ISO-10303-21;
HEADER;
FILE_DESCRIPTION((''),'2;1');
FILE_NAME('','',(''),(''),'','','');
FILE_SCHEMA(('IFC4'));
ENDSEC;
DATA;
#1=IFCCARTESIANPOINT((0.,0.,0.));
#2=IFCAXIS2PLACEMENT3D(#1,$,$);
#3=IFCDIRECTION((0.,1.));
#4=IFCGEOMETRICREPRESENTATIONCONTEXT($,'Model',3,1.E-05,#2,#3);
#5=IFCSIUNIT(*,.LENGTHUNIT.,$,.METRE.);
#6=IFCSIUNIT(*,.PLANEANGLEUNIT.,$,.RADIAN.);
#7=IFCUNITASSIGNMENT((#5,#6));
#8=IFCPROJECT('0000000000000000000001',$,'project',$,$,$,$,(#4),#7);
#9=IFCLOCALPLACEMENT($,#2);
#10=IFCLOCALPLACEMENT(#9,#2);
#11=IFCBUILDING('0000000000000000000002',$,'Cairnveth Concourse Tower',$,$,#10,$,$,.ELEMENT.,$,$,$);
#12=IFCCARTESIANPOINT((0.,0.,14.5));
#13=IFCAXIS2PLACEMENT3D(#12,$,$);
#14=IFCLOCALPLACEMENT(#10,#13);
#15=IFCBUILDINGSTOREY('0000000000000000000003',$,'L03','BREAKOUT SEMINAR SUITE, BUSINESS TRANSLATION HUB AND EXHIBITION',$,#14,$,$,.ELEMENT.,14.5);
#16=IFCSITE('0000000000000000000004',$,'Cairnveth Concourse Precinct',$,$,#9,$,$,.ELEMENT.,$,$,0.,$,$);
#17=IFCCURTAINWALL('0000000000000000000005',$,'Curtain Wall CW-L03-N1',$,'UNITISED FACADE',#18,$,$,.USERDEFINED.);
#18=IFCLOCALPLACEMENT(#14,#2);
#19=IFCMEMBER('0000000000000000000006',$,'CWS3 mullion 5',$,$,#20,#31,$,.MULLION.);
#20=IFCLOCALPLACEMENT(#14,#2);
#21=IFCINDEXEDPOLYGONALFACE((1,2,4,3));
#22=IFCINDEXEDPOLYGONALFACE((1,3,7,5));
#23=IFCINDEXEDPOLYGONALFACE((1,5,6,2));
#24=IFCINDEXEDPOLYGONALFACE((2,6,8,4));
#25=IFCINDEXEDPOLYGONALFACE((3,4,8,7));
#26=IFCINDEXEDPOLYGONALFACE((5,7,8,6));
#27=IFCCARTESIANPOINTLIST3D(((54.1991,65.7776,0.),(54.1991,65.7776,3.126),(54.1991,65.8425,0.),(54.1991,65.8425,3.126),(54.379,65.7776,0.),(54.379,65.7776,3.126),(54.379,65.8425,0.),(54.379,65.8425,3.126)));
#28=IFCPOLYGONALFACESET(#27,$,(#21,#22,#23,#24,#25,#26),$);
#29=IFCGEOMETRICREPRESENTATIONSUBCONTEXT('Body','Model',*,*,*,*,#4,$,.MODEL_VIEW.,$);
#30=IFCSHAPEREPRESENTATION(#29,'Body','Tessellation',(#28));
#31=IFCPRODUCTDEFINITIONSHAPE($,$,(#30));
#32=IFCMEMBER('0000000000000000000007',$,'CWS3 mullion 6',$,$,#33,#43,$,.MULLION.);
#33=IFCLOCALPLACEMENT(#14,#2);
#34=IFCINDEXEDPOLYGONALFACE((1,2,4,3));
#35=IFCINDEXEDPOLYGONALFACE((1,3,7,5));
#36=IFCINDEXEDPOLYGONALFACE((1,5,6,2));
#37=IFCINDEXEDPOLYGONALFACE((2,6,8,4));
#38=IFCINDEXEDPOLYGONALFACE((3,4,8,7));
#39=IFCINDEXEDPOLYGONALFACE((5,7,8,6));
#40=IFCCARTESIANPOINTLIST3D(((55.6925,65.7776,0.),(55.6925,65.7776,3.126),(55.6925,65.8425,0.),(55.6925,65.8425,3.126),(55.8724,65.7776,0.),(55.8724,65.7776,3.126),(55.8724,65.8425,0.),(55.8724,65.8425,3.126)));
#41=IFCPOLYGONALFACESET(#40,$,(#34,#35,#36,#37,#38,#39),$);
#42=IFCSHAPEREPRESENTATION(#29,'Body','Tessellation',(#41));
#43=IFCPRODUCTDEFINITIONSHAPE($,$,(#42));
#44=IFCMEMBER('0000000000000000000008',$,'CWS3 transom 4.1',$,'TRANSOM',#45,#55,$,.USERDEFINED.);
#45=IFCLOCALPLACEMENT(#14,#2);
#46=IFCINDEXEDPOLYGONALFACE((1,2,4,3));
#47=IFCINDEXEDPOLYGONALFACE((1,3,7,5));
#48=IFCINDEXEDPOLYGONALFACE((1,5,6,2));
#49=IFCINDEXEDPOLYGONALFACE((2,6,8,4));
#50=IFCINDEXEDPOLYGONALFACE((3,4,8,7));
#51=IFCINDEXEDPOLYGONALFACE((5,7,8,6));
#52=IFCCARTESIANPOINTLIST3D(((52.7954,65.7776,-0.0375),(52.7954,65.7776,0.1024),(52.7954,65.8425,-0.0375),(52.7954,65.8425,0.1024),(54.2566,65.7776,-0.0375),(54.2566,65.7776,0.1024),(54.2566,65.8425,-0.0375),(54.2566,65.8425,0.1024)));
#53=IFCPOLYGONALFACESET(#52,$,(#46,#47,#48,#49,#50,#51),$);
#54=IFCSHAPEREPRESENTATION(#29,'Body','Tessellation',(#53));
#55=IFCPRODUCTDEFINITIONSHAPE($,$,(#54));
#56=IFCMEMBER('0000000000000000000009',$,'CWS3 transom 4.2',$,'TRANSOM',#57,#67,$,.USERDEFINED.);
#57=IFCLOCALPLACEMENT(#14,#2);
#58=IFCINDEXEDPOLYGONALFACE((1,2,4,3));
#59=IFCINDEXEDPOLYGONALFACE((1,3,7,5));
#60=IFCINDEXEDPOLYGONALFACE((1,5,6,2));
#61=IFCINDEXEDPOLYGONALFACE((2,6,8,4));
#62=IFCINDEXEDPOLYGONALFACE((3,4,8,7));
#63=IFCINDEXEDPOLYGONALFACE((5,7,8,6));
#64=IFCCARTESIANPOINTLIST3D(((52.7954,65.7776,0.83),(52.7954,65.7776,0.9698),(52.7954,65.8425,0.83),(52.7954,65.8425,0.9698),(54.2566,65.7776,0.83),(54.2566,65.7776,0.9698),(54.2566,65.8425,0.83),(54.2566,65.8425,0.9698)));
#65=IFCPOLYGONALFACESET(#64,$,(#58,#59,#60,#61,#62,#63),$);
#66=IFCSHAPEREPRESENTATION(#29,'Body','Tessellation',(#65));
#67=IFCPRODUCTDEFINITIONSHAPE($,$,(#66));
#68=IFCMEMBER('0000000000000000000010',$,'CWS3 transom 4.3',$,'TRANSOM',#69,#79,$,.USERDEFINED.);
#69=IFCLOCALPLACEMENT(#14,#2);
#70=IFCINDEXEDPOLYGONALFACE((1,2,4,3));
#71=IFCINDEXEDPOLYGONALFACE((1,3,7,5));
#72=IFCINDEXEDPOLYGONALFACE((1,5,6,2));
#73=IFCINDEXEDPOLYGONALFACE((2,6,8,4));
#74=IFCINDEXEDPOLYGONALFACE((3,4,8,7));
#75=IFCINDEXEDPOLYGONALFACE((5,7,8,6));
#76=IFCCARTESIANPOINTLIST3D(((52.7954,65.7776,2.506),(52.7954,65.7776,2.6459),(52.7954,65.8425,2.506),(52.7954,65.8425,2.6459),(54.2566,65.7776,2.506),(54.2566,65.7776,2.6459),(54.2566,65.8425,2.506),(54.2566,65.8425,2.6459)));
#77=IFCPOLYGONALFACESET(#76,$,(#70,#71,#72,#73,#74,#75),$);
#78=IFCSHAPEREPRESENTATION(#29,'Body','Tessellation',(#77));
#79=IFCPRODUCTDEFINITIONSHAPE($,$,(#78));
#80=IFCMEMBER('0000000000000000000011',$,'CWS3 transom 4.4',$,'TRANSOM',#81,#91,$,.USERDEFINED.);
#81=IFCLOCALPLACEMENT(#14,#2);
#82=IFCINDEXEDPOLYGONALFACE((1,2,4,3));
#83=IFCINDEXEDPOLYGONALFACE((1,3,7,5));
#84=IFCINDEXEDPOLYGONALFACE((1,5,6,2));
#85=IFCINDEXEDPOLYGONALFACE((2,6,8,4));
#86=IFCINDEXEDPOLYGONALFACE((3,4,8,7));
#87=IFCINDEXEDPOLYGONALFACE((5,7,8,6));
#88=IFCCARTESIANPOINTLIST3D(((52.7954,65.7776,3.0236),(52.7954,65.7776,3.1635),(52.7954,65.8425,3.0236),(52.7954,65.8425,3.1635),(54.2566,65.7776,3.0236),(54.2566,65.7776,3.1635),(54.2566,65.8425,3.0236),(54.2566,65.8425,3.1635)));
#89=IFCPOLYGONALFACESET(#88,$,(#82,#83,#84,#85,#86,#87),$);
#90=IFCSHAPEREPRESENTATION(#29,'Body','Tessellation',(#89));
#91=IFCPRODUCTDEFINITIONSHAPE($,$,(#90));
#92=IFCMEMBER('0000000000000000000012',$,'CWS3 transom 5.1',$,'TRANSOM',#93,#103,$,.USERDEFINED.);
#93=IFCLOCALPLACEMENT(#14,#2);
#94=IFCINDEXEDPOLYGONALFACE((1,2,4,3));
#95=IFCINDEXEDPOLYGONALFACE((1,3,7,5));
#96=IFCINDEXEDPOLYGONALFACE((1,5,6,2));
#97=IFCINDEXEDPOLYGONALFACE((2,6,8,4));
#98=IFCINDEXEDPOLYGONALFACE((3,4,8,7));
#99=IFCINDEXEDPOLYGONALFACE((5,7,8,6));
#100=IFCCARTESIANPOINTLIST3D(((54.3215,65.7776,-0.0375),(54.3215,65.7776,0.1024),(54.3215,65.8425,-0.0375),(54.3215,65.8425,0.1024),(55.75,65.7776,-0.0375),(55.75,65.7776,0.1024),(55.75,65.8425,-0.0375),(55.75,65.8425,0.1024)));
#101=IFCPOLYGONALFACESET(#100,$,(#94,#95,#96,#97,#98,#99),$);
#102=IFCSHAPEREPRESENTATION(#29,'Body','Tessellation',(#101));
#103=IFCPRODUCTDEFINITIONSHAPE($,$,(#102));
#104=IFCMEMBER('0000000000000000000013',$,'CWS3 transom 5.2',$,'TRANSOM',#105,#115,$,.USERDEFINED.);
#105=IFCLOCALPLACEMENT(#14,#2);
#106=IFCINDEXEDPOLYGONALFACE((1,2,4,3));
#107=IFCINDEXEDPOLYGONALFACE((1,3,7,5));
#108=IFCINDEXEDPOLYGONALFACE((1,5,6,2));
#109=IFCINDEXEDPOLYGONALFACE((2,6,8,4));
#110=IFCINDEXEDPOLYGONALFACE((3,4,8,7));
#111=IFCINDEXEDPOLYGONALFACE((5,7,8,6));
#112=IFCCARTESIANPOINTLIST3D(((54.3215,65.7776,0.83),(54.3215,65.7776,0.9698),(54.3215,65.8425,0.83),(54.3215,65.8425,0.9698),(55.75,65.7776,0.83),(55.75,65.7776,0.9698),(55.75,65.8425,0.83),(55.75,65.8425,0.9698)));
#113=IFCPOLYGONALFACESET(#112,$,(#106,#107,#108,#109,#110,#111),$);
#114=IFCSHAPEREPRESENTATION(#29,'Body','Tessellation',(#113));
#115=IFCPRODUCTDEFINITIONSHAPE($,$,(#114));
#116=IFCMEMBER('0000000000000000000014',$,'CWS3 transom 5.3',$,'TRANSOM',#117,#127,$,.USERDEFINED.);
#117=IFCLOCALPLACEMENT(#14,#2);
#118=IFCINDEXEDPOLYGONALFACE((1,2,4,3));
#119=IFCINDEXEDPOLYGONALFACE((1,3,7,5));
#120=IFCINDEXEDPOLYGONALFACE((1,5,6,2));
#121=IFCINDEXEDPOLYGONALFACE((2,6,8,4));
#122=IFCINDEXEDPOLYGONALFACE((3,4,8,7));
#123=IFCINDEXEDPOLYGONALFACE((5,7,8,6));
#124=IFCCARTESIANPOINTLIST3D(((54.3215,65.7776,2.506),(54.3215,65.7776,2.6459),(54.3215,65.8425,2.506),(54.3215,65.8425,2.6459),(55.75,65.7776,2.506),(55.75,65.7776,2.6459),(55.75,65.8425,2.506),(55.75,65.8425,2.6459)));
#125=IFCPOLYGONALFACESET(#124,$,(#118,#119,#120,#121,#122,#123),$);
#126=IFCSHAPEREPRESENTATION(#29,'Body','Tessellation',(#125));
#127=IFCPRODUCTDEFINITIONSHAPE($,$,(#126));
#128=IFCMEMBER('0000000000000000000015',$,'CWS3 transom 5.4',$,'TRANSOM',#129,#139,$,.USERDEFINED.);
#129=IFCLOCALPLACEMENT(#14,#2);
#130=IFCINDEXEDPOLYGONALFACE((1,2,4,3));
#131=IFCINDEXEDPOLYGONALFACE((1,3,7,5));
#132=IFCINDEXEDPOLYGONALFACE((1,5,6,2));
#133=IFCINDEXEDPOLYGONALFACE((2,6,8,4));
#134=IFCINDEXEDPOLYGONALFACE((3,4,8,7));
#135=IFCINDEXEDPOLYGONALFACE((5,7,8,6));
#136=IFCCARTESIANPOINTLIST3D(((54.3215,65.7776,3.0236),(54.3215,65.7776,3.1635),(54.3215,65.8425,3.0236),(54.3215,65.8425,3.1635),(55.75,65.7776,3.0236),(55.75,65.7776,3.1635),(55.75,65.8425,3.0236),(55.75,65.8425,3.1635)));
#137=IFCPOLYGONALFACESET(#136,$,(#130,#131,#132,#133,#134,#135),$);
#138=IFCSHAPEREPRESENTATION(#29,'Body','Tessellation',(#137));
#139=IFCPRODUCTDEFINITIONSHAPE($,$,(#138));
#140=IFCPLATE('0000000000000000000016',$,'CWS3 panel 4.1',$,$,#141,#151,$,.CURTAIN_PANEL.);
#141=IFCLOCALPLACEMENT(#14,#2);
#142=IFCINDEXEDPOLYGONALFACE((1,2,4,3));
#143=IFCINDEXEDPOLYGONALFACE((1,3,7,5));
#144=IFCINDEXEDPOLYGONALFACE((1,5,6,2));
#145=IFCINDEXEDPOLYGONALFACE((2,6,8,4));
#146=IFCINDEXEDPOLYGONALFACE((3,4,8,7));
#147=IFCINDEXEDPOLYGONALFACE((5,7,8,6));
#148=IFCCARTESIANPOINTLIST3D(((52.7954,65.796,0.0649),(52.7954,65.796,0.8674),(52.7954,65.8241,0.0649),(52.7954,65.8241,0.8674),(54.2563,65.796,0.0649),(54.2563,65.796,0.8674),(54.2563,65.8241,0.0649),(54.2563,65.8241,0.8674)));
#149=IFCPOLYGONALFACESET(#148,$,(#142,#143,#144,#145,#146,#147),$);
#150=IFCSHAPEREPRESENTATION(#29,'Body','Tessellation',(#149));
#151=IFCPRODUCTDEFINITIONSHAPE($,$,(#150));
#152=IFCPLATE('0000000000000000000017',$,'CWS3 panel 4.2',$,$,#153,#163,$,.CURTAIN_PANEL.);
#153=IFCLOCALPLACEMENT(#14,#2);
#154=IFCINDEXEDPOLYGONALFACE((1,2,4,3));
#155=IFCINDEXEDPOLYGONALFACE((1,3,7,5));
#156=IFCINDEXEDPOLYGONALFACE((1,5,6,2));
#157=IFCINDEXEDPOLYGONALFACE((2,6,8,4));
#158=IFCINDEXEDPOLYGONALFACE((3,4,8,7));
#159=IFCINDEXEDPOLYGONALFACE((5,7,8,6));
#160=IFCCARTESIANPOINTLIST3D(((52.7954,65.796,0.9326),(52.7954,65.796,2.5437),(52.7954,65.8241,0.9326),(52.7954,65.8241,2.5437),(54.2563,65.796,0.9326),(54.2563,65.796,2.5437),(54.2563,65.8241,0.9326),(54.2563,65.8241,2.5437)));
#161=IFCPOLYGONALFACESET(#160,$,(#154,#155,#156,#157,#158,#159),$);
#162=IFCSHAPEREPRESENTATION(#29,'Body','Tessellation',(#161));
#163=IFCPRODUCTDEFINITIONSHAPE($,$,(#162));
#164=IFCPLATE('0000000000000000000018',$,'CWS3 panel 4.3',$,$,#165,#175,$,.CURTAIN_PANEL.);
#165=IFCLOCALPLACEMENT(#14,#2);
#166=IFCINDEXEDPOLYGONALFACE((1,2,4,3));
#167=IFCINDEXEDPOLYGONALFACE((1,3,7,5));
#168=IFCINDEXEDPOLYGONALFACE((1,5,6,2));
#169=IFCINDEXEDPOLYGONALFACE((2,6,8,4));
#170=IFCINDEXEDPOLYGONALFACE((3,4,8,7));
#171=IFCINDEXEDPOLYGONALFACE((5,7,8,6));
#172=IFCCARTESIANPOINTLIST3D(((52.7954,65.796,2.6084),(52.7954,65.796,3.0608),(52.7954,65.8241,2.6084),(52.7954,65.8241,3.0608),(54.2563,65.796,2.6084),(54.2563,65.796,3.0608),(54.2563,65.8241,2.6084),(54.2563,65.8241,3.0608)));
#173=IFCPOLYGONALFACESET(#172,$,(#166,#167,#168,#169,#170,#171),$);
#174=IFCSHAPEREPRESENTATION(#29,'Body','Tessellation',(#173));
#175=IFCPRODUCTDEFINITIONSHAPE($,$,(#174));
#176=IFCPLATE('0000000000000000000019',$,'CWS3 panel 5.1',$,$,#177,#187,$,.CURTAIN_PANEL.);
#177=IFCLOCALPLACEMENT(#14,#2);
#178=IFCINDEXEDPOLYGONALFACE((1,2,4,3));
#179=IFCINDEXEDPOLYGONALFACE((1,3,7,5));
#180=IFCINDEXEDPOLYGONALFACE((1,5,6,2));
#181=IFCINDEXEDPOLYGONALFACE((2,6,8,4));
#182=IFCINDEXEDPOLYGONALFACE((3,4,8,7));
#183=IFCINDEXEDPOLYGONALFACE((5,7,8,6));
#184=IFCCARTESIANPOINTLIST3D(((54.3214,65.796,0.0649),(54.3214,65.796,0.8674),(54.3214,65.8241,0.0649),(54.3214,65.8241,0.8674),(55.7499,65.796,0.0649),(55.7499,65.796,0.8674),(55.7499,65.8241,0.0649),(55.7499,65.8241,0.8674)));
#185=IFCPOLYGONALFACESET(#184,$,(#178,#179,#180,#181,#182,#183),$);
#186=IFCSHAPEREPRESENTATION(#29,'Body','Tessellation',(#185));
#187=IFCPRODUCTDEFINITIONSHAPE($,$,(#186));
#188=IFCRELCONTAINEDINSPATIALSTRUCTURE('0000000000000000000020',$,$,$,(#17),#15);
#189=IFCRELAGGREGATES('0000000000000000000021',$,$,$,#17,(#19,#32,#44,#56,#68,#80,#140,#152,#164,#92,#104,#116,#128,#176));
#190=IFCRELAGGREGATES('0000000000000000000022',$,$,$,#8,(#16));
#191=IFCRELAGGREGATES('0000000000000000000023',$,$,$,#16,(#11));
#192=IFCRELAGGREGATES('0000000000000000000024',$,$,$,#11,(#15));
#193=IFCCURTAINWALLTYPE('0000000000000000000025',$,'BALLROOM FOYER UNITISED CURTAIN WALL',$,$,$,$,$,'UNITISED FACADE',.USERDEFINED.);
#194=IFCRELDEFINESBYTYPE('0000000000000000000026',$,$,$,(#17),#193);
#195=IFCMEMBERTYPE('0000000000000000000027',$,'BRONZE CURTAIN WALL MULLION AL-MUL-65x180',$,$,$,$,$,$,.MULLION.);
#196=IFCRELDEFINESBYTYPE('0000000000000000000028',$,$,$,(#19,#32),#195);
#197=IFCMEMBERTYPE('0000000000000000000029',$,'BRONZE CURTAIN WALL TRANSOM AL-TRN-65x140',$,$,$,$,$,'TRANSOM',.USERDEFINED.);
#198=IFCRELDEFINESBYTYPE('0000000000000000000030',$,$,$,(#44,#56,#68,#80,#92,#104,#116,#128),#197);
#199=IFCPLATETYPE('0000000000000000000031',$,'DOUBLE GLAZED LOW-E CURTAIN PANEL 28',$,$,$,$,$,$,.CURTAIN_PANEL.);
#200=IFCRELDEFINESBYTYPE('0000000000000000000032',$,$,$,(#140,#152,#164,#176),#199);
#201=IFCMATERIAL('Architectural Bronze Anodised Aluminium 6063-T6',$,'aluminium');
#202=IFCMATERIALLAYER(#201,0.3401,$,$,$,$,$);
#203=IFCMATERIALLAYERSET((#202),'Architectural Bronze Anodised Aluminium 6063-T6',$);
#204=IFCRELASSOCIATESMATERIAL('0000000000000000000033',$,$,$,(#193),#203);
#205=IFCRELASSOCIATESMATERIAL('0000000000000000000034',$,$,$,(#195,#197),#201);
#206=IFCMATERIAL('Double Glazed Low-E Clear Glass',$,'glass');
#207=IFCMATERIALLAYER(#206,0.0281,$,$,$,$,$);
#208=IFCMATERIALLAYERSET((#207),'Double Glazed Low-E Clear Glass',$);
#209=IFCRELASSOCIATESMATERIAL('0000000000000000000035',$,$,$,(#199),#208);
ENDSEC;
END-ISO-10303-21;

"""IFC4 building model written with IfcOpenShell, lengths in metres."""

from ifc_helpers import new_model, si_unit, direction, frame, origin, origin_2d, place, context, subcontext, project, spatial, rectangle, extrude, material, layer, layer_set, material_profile, profile_set, type_object, element, aggregate, save


model = new_model("IFC4")

# Units and contexts
model_context = context("Model", 3, precision=1e-05, world=origin(), true_north=direction((0.0, 1.0)))
body_context = subcontext(model_context, "Body", "Model", "MODEL_VIEW")
ifc_project = project(units=[si_unit("LENGTHUNIT", "METRE"), si_unit("PLANEANGLEUNIT", "RADIAN")], contexts=[model_context])

# Site, building, storey
site_placement = place(None, origin())
site = spatial("IfcSite", under=ifc_project, at=site_placement, Name="Cairnveth Concourse Precinct", CompositionType="ELEMENT", RefElevation=0.0)
building_placement = place(site_placement, origin())
building = spatial("IfcBuilding", under=site, at=building_placement, Name="Cairnveth Concourse Tower", CompositionType="ELEMENT")
storey_placement = place(building_placement, frame((0.0, 0.0, 14.5)))
storey = spatial("IfcBuildingStorey", under=building, at=storey_placement, Name="L03", Description="BREAKOUT SEMINAR SUITE, BUSINESS TRANSLATION HUB AND EXHIBITION", CompositionType="ELEMENT", Elevation=14.5)

# Curtain wall, members, plates
ifc_material_1 = material(Name="Architectural Bronze Anodised Aluminium 6063-T6", Category="aluminium")
ifc_layer_1 = layer(ifc_material_1, 0.3401)
ifc_layer_set_1 = layer_set([ifc_layer_1], Name="Architectural Bronze Anodised Aluminium 6063-T6")
curtain_wall_type = type_object("IfcCurtainWallType", Name="BALLROOM FOYER UNITISED CURTAIN WALL", ElementType="UNITISED FACADE", PredefinedType="USERDEFINED", material=ifc_layer_set_1)
curtain_wall_placement = place(storey_placement, origin())
curtain_wall = element("IfcCurtainWall", 1, at=curtain_wall_placement, inside=storey, type_object=curtain_wall_type, Name="Curtain Wall CW-L03-N1", ObjectType="UNITISED FACADE", PredefinedType="USERDEFINED")
ifc_material_profile_1 = material_profile(ifc_material_1, rectangle(XDim=0.0649, YDim=0.1799, at=origin_2d()), Name="AL-MUL-65x180")
ifc_profile_set_1 = profile_set([ifc_material_profile_1], Name="Architectural Bronze Anodised Aluminium 6063-T6")
member_type_1 = type_object("IfcMemberType", Name="BRONZE CURTAIN WALL MULLION AL-MUL-65x180", PredefinedType="MULLION", material=ifc_profile_set_1)
member_1_placement = place(storey_placement, frame((54.2891, 65.8101, 0.0), z_axis=(0.0, 0.0, 1.0), x_axis=(0.0, 1.0, 0.0)))
member_1 = element("IfcMember", 2, at=member_1_placement, type_object=member_type_1, Name="CWS3 mullion 5", PredefinedType="MULLION", context=body_context, shape_type="SweptSolid", body=[
    extrude(rectangle(XDim=0.0649, YDim=0.1799, at=origin_2d()), origin(), (0.0, 0.0, 1.0), 3.126),
])
member_2_placement = place(storey_placement, frame((55.7825, 65.8101, 0.0), z_axis=(0.0, 0.0, 1.0), x_axis=(0.0, 1.0, 0.0)))
member_2 = element("IfcMember", 3, at=member_2_placement, type_object=member_type_1, Name="CWS3 mullion 6", PredefinedType="MULLION", context=body_context, shape_type="SweptSolid", body=[
    extrude(rectangle(XDim=0.0649, YDim=0.1799, at=origin_2d()), origin(), (0.0, 0.0, 1.0), 3.126),
])
ifc_material_profile_2 = material_profile(ifc_material_1, rectangle(XDim=0.0649, YDim=0.1399, at=origin_2d()), Name="AL-TRN-65x140")
ifc_profile_set_2 = profile_set([ifc_material_profile_2], Name="Architectural Bronze Anodised Aluminium 6063-T6")
member_type_2 = type_object("IfcMemberType", Name="BRONZE CURTAIN WALL TRANSOM AL-TRN-65x140", ElementType="TRANSOM", PredefinedType="USERDEFINED", material=ifc_profile_set_2)
member_3_placement = place(storey_placement, frame((52.7954, 65.8101, 0.0325), z_axis=(1.0, 0.0, 0.0), x_axis=(0.0, 1.0, 0.0)))
member_3 = element("IfcMember", 4, at=member_3_placement, type_object=member_type_2, Name="CWS3 transom 4.1", ObjectType="TRANSOM", PredefinedType="USERDEFINED", context=body_context, shape_type="SweptSolid", body=[
    extrude(rectangle(XDim=0.0649, YDim=0.1399, at=origin_2d()), origin(), (0.0, 0.0, 1.0), 1.4612),
])
member_4_placement = place(storey_placement, frame((52.7954, 65.8101, 0.8999), z_axis=(1.0, 0.0, 0.0), x_axis=(0.0, 1.0, 0.0)))
member_4 = element("IfcMember", 5, at=member_4_placement, type_object=member_type_2, Name="CWS3 transom 4.2", ObjectType="TRANSOM", PredefinedType="USERDEFINED", context=body_context, shape_type="SweptSolid", body=[
    extrude(rectangle(XDim=0.0649, YDim=0.1399, at=origin_2d()), origin(), (0.0, 0.0, 1.0), 1.4612),
])
member_5_placement = place(storey_placement, frame((52.7954, 65.8101, 2.5759), z_axis=(1.0, 0.0, 0.0), x_axis=(0.0, 1.0, 0.0)))
member_5 = element("IfcMember", 6, at=member_5_placement, type_object=member_type_2, Name="CWS3 transom 4.3", ObjectType="TRANSOM", PredefinedType="USERDEFINED", context=body_context, shape_type="SweptSolid", body=[
    extrude(rectangle(XDim=0.0649, YDim=0.1399, at=origin_2d()), origin(), (0.0, 0.0, 1.0), 1.4612),
])
member_6_placement = place(storey_placement, frame((52.7954, 65.8101, 3.0935), z_axis=(1.0, 0.0, 0.0), x_axis=(0.0, 1.0, 0.0)))
member_6 = element("IfcMember", 7, at=member_6_placement, type_object=member_type_2, Name="CWS3 transom 4.4", ObjectType="TRANSOM", PredefinedType="USERDEFINED", context=body_context, shape_type="SweptSolid", body=[
    extrude(rectangle(XDim=0.0649, YDim=0.1399, at=origin_2d()), origin(), (0.0, 0.0, 1.0), 1.4612),
])
member_7_placement = place(storey_placement, frame((54.3215, 65.8101, 0.0325), z_axis=(1.0, 0.0, 0.0), x_axis=(0.0, 1.0, 0.0)))
member_7 = element("IfcMember", 8, at=member_7_placement, type_object=member_type_2, Name="CWS3 transom 5.1", ObjectType="TRANSOM", PredefinedType="USERDEFINED", context=body_context, shape_type="SweptSolid", body=[
    extrude(rectangle(XDim=0.0649, YDim=0.1399, at=origin_2d()), origin(), (0.0, 0.0, 1.0), 1.4285),
])
member_8_placement = place(storey_placement, frame((54.3215, 65.8101, 0.8999), z_axis=(1.0, 0.0, 0.0), x_axis=(0.0, 1.0, 0.0)))
member_8 = element("IfcMember", 9, at=member_8_placement, type_object=member_type_2, Name="CWS3 transom 5.2", ObjectType="TRANSOM", PredefinedType="USERDEFINED", context=body_context, shape_type="SweptSolid", body=[
    extrude(rectangle(XDim=0.0649, YDim=0.1399, at=origin_2d()), origin(), (0.0, 0.0, 1.0), 1.4285),
])
member_9_placement = place(storey_placement, frame((54.3215, 65.8101, 2.5759), z_axis=(1.0, 0.0, 0.0), x_axis=(0.0, 1.0, 0.0)))
member_9 = element("IfcMember", 10, at=member_9_placement, type_object=member_type_2, Name="CWS3 transom 5.3", ObjectType="TRANSOM", PredefinedType="USERDEFINED", context=body_context, shape_type="SweptSolid", body=[
    extrude(rectangle(XDim=0.0649, YDim=0.1399, at=origin_2d()), origin(), (0.0, 0.0, 1.0), 1.4285),
])
member_10_placement = place(storey_placement, frame((54.3215, 65.8101, 3.0935), z_axis=(1.0, 0.0, 0.0), x_axis=(0.0, 1.0, 0.0)))
member_10 = element("IfcMember", 11, at=member_10_placement, type_object=member_type_2, Name="CWS3 transom 5.4", ObjectType="TRANSOM", PredefinedType="USERDEFINED", context=body_context, shape_type="SweptSolid", body=[
    extrude(rectangle(XDim=0.0649, YDim=0.1399, at=origin_2d()), origin(), (0.0, 0.0, 1.0), 1.4285),
])
ifc_material_2 = material(Name="Double Glazed Low-E Clear Glass", Category="glass")
ifc_layer_2 = layer(ifc_material_2, 0.0281)
ifc_layer_set_2 = layer_set([ifc_layer_2], Name="Double Glazed Low-E Clear Glass")
plate_type = type_object("IfcPlateType", Name="DOUBLE GLAZED LOW-E CURTAIN PANEL 28", PredefinedType="CURTAIN_PANEL", material=ifc_layer_set_2)
plate_1_placement = place(storey_placement, frame((53.5259, 65.8101, 0.0649), z_axis=(0.0, 0.0, 1.0), x_axis=(1.0, 0.0, 0.0)))
plate_1 = element("IfcPlate", 12, at=plate_1_placement, type_object=plate_type, Name="CWS3 panel 4.1", PredefinedType="CURTAIN_PANEL", context=body_context, shape_type="SweptSolid", body=[
    extrude(rectangle(XDim=1.4609, YDim=0.0281, at=origin_2d()), origin(), (0.0, 0.0, 1.0), 0.8025),
])
plate_2_placement = place(storey_placement, frame((53.5259, 65.8101, 0.9326), z_axis=(0.0, 0.0, 1.0), x_axis=(1.0, 0.0, 0.0)))
plate_2 = element("IfcPlate", 13, at=plate_2_placement, type_object=plate_type, Name="CWS3 panel 4.2", PredefinedType="CURTAIN_PANEL", context=body_context, shape_type="SweptSolid", body=[
    extrude(rectangle(XDim=1.4609, YDim=0.0281, at=origin_2d()), origin(), (0.0, 0.0, 1.0), 1.6111),
])
plate_3_placement = place(storey_placement, frame((53.5259, 65.8101, 2.6084), z_axis=(0.0, 0.0, 1.0), x_axis=(1.0, 0.0, 0.0)))
plate_3 = element("IfcPlate", 14, at=plate_3_placement, type_object=plate_type, Name="CWS3 panel 4.3", PredefinedType="CURTAIN_PANEL", context=body_context, shape_type="SweptSolid", body=[
    extrude(rectangle(XDim=1.4609, YDim=0.0281, at=origin_2d()), origin(), (0.0, 0.0, 1.0), 0.4524),
])
plate_4_placement = place(storey_placement, frame((55.0356, 65.8101, 0.0649), z_axis=(0.0, 0.0, 1.0), x_axis=(1.0, 0.0, 0.0)))
plate_4 = element("IfcPlate", 15, at=plate_4_placement, type_object=plate_type, Name="CWS3 panel 5.1", PredefinedType="CURTAIN_PANEL", context=body_context, shape_type="SweptSolid", body=[
    extrude(rectangle(XDim=1.4285, YDim=0.0281, at=origin_2d()), origin(), (0.0, 0.0, 1.0), 0.8025),
])
aggregate(curtain_wall, [member_1, member_2, member_3, member_4, member_5, member_6, plate_1, plate_2, plate_3, member_7, member_8, member_9, member_10, plate_4])

save(model, "model.ifc")
